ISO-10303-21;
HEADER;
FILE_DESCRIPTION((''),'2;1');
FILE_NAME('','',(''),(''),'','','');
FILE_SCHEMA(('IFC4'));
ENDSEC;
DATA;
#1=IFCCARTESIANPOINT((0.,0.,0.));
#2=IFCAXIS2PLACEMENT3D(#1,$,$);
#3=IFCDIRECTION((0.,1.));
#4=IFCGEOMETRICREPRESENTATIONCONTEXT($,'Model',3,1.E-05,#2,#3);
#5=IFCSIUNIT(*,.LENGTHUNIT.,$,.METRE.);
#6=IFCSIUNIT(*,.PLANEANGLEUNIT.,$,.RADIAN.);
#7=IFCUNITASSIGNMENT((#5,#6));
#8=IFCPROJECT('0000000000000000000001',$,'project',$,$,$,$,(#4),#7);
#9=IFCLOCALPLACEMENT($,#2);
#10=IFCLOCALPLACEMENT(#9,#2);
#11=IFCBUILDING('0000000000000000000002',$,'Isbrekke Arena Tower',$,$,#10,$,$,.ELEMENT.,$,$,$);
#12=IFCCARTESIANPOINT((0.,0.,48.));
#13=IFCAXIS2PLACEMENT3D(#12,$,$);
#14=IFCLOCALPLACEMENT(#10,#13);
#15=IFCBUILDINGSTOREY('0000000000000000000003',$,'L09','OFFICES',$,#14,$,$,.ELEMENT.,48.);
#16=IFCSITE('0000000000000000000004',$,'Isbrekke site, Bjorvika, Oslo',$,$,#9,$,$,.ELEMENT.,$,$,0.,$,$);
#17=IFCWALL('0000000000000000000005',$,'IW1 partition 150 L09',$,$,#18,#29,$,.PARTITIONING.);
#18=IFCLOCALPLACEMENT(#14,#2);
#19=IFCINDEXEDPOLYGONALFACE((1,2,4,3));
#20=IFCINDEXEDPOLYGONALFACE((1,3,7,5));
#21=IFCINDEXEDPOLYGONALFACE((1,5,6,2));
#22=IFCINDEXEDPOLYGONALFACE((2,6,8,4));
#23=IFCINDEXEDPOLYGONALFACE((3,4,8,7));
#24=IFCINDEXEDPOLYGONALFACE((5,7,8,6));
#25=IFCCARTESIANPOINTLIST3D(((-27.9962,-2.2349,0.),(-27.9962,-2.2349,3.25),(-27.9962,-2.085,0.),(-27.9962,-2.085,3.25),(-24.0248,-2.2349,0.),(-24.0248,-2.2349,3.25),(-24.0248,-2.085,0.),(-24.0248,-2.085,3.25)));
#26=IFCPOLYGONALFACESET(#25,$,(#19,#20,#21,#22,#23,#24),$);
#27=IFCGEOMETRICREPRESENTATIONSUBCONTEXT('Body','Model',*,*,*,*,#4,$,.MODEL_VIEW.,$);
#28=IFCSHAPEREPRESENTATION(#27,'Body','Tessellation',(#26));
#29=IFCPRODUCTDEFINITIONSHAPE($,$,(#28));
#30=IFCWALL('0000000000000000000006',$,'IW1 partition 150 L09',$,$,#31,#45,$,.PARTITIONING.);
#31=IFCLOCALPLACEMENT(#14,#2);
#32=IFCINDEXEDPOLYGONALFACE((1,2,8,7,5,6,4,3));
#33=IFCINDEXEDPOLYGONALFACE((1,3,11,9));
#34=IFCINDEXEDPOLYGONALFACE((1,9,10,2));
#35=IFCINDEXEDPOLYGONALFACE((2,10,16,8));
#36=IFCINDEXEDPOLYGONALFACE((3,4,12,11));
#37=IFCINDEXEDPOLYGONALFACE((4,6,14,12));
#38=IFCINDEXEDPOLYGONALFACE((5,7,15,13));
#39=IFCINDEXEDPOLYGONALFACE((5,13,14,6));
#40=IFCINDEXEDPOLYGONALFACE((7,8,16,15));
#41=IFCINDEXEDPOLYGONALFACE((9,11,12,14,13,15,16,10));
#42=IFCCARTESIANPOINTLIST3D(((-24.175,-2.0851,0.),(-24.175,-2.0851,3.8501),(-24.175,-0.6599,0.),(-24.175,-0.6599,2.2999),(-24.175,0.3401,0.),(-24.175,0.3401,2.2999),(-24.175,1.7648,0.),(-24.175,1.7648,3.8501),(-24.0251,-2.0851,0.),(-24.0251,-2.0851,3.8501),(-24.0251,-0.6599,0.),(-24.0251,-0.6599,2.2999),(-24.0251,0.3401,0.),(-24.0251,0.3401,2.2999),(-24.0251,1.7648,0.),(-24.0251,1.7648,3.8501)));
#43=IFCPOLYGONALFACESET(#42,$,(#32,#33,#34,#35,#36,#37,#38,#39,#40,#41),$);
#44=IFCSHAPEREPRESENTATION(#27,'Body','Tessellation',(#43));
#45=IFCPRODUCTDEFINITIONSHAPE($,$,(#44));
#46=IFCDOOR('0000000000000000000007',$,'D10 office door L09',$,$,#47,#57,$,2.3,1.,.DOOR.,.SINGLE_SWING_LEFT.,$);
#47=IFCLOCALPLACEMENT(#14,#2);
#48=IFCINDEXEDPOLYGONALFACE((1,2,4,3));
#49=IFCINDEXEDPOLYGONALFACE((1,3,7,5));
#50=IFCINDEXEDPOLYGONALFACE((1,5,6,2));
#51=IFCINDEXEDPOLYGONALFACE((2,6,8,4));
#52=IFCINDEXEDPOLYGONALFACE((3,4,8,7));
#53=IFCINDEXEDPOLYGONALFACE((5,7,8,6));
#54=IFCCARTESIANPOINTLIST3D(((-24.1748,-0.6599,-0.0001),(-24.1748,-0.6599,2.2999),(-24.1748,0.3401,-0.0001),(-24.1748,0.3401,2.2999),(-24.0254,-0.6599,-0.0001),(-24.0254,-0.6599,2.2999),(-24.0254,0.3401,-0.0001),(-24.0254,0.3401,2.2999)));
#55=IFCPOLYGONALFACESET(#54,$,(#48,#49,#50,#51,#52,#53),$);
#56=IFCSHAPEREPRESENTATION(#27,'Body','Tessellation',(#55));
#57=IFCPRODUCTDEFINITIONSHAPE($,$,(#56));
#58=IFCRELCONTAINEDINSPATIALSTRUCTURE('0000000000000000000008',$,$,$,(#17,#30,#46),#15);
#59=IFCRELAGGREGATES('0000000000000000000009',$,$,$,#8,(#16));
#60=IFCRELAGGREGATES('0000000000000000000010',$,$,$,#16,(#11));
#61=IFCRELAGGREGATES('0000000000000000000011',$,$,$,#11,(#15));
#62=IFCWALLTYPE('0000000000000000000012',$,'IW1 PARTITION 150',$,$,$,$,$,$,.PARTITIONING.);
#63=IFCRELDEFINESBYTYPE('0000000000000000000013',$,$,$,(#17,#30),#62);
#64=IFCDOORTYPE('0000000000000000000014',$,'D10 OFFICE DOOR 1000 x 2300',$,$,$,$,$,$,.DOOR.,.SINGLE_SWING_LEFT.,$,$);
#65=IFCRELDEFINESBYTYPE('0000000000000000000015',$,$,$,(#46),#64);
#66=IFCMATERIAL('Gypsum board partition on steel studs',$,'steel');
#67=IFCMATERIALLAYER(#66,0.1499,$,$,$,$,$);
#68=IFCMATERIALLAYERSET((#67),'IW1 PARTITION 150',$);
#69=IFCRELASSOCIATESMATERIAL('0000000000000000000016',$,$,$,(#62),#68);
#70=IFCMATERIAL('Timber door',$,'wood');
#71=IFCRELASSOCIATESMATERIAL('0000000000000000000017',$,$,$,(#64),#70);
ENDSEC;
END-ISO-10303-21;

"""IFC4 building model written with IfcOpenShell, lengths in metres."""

from ifc_helpers import new_model, si_unit, direction, frame, frame_2d, origin, place, context, subcontext, project, spatial, rectangle, extrude, material, layer, layer_set, type_object, element, fill, save


model = new_model("IFC4")

# Units and contexts
model_context = context("Model", 3, precision=1e-05, world=origin(), true_north=direction((0.0, 1.0)))
body_context = subcontext(model_context, "Body", "Model", "MODEL_VIEW")
ifc_project = project(units=[si_unit("LENGTHUNIT", "METRE"), si_unit("PLANEANGLEUNIT", "RADIAN")], contexts=[model_context])

# Site, building, storey
site_placement = place(None, origin())
site = spatial("IfcSite", under=ifc_project, at=site_placement, Name="Isbrekke site, Bjorvika, Oslo", CompositionType="ELEMENT", RefElevation=0.0)
building_placement = place(site_placement, origin())
building = spatial("IfcBuilding", under=site, at=building_placement, Name="Isbrekke Arena Tower", CompositionType="ELEMENT")
storey_placement = place(building_placement, frame((0.0, 0.0, 48.0)))
storey = spatial("IfcBuildingStorey", under=building, at=storey_placement, Name="L09", Description="OFFICES", CompositionType="ELEMENT", Elevation=48.0)

# Wall
ifc_material_1 = material(Name="Gypsum board partition on steel studs", Category="steel")
ifc_layer_1 = layer(ifc_material_1, 0.1499)
ifc_layer_set_1 = layer_set([ifc_layer_1], Name="IW1 PARTITION 150")
wall_type = type_object("IfcWallType", Name="IW1 PARTITION 150", PredefinedType="PARTITIONING", material=ifc_layer_set_1)
wall_1_placement = place(storey_placement, frame((-27.9963, -2.1599, 0.0), z_axis=(0.0, 0.0, 1.0), x_axis=(1.0, 0.0, 0.0)))
element("IfcWall", 1, at=wall_1_placement, inside=storey, type_object=wall_type, Name="IW1 partition 150 L09", PredefinedType="PARTITIONING", context=body_context, shape_type="SweptSolid", body=[
    extrude(rectangle(XDim=3.9714, YDim=0.1499, at=frame_2d((1.9858, 0.0))), origin(), (0.0, 0.0, 1.0), 3.25),
])

# Wall, opening, door
wall_2_placement = place(storey_placement, frame((-24.1001, -2.085, 0.0), z_axis=(0.0, 0.0, 1.0), x_axis=(0.0, 1.0, 0.0)))
wall_2 = element("IfcWall", 2, at=wall_2_placement, inside=storey, type_object=wall_type, Name="IW1 partition 150 L09", PredefinedType="PARTITIONING", context=body_context, shape_type="SweptSolid", body=[
    extrude(rectangle(XDim=3.8499, YDim=0.1499, at=frame_2d((1.9248, 0.0))), origin(), (0.0, 0.0, 1.0), 3.8501),
])
opening_placement = place(wall_2_placement, frame((1.425, 0.0, 0.0)))
opening = element("IfcOpeningElement", 3, at=opening_placement, cuts=wall_2, PredefinedType="OPENING", context=body_context, shape_type="SweptSolid", body=[
    extrude(rectangle(XDim=1.0, YDim=2.3, at=frame_2d((0.5, 1.1499))), frame((0.0, 0.0898, 0.0), z_axis=(0.0, -1.0, 0.0), x_axis=(1.0, 0.0, 0.0)), (0.0, 0.0, 1.0), 0.1797),
])
ifc_material_2 = material(Name="Timber door", Category="wood")
door_type = type_object("IfcDoorType", Name="D10 OFFICE DOOR 1000 x 2300", OperationType="SINGLE_SWING_LEFT", PredefinedType="DOOR", material=ifc_material_2)
door_placement = place(opening_placement, origin())
door = element("IfcDoor", 4, at=door_placement, inside=storey, type_object=door_type, Name="D10 office door L09", OperationType="SINGLE_SWING_LEFT", OverallHeight=2.3, OverallWidth=1.0, PredefinedType="DOOR", context=body_context, shape_type="SweptSolid", body=[
    extrude(rectangle(XDim=1.0, YDim=2.3, at=frame_2d((0.5, 1.1499))), frame((0.0, 0.0747, 0.0), z_axis=(0.0, -1.0, 0.0), x_axis=(1.0, 0.0, 0.0)), (0.0, 0.0, 1.0), 0.1494),
])
fill(opening, door)

save(model, "model.ifc")
